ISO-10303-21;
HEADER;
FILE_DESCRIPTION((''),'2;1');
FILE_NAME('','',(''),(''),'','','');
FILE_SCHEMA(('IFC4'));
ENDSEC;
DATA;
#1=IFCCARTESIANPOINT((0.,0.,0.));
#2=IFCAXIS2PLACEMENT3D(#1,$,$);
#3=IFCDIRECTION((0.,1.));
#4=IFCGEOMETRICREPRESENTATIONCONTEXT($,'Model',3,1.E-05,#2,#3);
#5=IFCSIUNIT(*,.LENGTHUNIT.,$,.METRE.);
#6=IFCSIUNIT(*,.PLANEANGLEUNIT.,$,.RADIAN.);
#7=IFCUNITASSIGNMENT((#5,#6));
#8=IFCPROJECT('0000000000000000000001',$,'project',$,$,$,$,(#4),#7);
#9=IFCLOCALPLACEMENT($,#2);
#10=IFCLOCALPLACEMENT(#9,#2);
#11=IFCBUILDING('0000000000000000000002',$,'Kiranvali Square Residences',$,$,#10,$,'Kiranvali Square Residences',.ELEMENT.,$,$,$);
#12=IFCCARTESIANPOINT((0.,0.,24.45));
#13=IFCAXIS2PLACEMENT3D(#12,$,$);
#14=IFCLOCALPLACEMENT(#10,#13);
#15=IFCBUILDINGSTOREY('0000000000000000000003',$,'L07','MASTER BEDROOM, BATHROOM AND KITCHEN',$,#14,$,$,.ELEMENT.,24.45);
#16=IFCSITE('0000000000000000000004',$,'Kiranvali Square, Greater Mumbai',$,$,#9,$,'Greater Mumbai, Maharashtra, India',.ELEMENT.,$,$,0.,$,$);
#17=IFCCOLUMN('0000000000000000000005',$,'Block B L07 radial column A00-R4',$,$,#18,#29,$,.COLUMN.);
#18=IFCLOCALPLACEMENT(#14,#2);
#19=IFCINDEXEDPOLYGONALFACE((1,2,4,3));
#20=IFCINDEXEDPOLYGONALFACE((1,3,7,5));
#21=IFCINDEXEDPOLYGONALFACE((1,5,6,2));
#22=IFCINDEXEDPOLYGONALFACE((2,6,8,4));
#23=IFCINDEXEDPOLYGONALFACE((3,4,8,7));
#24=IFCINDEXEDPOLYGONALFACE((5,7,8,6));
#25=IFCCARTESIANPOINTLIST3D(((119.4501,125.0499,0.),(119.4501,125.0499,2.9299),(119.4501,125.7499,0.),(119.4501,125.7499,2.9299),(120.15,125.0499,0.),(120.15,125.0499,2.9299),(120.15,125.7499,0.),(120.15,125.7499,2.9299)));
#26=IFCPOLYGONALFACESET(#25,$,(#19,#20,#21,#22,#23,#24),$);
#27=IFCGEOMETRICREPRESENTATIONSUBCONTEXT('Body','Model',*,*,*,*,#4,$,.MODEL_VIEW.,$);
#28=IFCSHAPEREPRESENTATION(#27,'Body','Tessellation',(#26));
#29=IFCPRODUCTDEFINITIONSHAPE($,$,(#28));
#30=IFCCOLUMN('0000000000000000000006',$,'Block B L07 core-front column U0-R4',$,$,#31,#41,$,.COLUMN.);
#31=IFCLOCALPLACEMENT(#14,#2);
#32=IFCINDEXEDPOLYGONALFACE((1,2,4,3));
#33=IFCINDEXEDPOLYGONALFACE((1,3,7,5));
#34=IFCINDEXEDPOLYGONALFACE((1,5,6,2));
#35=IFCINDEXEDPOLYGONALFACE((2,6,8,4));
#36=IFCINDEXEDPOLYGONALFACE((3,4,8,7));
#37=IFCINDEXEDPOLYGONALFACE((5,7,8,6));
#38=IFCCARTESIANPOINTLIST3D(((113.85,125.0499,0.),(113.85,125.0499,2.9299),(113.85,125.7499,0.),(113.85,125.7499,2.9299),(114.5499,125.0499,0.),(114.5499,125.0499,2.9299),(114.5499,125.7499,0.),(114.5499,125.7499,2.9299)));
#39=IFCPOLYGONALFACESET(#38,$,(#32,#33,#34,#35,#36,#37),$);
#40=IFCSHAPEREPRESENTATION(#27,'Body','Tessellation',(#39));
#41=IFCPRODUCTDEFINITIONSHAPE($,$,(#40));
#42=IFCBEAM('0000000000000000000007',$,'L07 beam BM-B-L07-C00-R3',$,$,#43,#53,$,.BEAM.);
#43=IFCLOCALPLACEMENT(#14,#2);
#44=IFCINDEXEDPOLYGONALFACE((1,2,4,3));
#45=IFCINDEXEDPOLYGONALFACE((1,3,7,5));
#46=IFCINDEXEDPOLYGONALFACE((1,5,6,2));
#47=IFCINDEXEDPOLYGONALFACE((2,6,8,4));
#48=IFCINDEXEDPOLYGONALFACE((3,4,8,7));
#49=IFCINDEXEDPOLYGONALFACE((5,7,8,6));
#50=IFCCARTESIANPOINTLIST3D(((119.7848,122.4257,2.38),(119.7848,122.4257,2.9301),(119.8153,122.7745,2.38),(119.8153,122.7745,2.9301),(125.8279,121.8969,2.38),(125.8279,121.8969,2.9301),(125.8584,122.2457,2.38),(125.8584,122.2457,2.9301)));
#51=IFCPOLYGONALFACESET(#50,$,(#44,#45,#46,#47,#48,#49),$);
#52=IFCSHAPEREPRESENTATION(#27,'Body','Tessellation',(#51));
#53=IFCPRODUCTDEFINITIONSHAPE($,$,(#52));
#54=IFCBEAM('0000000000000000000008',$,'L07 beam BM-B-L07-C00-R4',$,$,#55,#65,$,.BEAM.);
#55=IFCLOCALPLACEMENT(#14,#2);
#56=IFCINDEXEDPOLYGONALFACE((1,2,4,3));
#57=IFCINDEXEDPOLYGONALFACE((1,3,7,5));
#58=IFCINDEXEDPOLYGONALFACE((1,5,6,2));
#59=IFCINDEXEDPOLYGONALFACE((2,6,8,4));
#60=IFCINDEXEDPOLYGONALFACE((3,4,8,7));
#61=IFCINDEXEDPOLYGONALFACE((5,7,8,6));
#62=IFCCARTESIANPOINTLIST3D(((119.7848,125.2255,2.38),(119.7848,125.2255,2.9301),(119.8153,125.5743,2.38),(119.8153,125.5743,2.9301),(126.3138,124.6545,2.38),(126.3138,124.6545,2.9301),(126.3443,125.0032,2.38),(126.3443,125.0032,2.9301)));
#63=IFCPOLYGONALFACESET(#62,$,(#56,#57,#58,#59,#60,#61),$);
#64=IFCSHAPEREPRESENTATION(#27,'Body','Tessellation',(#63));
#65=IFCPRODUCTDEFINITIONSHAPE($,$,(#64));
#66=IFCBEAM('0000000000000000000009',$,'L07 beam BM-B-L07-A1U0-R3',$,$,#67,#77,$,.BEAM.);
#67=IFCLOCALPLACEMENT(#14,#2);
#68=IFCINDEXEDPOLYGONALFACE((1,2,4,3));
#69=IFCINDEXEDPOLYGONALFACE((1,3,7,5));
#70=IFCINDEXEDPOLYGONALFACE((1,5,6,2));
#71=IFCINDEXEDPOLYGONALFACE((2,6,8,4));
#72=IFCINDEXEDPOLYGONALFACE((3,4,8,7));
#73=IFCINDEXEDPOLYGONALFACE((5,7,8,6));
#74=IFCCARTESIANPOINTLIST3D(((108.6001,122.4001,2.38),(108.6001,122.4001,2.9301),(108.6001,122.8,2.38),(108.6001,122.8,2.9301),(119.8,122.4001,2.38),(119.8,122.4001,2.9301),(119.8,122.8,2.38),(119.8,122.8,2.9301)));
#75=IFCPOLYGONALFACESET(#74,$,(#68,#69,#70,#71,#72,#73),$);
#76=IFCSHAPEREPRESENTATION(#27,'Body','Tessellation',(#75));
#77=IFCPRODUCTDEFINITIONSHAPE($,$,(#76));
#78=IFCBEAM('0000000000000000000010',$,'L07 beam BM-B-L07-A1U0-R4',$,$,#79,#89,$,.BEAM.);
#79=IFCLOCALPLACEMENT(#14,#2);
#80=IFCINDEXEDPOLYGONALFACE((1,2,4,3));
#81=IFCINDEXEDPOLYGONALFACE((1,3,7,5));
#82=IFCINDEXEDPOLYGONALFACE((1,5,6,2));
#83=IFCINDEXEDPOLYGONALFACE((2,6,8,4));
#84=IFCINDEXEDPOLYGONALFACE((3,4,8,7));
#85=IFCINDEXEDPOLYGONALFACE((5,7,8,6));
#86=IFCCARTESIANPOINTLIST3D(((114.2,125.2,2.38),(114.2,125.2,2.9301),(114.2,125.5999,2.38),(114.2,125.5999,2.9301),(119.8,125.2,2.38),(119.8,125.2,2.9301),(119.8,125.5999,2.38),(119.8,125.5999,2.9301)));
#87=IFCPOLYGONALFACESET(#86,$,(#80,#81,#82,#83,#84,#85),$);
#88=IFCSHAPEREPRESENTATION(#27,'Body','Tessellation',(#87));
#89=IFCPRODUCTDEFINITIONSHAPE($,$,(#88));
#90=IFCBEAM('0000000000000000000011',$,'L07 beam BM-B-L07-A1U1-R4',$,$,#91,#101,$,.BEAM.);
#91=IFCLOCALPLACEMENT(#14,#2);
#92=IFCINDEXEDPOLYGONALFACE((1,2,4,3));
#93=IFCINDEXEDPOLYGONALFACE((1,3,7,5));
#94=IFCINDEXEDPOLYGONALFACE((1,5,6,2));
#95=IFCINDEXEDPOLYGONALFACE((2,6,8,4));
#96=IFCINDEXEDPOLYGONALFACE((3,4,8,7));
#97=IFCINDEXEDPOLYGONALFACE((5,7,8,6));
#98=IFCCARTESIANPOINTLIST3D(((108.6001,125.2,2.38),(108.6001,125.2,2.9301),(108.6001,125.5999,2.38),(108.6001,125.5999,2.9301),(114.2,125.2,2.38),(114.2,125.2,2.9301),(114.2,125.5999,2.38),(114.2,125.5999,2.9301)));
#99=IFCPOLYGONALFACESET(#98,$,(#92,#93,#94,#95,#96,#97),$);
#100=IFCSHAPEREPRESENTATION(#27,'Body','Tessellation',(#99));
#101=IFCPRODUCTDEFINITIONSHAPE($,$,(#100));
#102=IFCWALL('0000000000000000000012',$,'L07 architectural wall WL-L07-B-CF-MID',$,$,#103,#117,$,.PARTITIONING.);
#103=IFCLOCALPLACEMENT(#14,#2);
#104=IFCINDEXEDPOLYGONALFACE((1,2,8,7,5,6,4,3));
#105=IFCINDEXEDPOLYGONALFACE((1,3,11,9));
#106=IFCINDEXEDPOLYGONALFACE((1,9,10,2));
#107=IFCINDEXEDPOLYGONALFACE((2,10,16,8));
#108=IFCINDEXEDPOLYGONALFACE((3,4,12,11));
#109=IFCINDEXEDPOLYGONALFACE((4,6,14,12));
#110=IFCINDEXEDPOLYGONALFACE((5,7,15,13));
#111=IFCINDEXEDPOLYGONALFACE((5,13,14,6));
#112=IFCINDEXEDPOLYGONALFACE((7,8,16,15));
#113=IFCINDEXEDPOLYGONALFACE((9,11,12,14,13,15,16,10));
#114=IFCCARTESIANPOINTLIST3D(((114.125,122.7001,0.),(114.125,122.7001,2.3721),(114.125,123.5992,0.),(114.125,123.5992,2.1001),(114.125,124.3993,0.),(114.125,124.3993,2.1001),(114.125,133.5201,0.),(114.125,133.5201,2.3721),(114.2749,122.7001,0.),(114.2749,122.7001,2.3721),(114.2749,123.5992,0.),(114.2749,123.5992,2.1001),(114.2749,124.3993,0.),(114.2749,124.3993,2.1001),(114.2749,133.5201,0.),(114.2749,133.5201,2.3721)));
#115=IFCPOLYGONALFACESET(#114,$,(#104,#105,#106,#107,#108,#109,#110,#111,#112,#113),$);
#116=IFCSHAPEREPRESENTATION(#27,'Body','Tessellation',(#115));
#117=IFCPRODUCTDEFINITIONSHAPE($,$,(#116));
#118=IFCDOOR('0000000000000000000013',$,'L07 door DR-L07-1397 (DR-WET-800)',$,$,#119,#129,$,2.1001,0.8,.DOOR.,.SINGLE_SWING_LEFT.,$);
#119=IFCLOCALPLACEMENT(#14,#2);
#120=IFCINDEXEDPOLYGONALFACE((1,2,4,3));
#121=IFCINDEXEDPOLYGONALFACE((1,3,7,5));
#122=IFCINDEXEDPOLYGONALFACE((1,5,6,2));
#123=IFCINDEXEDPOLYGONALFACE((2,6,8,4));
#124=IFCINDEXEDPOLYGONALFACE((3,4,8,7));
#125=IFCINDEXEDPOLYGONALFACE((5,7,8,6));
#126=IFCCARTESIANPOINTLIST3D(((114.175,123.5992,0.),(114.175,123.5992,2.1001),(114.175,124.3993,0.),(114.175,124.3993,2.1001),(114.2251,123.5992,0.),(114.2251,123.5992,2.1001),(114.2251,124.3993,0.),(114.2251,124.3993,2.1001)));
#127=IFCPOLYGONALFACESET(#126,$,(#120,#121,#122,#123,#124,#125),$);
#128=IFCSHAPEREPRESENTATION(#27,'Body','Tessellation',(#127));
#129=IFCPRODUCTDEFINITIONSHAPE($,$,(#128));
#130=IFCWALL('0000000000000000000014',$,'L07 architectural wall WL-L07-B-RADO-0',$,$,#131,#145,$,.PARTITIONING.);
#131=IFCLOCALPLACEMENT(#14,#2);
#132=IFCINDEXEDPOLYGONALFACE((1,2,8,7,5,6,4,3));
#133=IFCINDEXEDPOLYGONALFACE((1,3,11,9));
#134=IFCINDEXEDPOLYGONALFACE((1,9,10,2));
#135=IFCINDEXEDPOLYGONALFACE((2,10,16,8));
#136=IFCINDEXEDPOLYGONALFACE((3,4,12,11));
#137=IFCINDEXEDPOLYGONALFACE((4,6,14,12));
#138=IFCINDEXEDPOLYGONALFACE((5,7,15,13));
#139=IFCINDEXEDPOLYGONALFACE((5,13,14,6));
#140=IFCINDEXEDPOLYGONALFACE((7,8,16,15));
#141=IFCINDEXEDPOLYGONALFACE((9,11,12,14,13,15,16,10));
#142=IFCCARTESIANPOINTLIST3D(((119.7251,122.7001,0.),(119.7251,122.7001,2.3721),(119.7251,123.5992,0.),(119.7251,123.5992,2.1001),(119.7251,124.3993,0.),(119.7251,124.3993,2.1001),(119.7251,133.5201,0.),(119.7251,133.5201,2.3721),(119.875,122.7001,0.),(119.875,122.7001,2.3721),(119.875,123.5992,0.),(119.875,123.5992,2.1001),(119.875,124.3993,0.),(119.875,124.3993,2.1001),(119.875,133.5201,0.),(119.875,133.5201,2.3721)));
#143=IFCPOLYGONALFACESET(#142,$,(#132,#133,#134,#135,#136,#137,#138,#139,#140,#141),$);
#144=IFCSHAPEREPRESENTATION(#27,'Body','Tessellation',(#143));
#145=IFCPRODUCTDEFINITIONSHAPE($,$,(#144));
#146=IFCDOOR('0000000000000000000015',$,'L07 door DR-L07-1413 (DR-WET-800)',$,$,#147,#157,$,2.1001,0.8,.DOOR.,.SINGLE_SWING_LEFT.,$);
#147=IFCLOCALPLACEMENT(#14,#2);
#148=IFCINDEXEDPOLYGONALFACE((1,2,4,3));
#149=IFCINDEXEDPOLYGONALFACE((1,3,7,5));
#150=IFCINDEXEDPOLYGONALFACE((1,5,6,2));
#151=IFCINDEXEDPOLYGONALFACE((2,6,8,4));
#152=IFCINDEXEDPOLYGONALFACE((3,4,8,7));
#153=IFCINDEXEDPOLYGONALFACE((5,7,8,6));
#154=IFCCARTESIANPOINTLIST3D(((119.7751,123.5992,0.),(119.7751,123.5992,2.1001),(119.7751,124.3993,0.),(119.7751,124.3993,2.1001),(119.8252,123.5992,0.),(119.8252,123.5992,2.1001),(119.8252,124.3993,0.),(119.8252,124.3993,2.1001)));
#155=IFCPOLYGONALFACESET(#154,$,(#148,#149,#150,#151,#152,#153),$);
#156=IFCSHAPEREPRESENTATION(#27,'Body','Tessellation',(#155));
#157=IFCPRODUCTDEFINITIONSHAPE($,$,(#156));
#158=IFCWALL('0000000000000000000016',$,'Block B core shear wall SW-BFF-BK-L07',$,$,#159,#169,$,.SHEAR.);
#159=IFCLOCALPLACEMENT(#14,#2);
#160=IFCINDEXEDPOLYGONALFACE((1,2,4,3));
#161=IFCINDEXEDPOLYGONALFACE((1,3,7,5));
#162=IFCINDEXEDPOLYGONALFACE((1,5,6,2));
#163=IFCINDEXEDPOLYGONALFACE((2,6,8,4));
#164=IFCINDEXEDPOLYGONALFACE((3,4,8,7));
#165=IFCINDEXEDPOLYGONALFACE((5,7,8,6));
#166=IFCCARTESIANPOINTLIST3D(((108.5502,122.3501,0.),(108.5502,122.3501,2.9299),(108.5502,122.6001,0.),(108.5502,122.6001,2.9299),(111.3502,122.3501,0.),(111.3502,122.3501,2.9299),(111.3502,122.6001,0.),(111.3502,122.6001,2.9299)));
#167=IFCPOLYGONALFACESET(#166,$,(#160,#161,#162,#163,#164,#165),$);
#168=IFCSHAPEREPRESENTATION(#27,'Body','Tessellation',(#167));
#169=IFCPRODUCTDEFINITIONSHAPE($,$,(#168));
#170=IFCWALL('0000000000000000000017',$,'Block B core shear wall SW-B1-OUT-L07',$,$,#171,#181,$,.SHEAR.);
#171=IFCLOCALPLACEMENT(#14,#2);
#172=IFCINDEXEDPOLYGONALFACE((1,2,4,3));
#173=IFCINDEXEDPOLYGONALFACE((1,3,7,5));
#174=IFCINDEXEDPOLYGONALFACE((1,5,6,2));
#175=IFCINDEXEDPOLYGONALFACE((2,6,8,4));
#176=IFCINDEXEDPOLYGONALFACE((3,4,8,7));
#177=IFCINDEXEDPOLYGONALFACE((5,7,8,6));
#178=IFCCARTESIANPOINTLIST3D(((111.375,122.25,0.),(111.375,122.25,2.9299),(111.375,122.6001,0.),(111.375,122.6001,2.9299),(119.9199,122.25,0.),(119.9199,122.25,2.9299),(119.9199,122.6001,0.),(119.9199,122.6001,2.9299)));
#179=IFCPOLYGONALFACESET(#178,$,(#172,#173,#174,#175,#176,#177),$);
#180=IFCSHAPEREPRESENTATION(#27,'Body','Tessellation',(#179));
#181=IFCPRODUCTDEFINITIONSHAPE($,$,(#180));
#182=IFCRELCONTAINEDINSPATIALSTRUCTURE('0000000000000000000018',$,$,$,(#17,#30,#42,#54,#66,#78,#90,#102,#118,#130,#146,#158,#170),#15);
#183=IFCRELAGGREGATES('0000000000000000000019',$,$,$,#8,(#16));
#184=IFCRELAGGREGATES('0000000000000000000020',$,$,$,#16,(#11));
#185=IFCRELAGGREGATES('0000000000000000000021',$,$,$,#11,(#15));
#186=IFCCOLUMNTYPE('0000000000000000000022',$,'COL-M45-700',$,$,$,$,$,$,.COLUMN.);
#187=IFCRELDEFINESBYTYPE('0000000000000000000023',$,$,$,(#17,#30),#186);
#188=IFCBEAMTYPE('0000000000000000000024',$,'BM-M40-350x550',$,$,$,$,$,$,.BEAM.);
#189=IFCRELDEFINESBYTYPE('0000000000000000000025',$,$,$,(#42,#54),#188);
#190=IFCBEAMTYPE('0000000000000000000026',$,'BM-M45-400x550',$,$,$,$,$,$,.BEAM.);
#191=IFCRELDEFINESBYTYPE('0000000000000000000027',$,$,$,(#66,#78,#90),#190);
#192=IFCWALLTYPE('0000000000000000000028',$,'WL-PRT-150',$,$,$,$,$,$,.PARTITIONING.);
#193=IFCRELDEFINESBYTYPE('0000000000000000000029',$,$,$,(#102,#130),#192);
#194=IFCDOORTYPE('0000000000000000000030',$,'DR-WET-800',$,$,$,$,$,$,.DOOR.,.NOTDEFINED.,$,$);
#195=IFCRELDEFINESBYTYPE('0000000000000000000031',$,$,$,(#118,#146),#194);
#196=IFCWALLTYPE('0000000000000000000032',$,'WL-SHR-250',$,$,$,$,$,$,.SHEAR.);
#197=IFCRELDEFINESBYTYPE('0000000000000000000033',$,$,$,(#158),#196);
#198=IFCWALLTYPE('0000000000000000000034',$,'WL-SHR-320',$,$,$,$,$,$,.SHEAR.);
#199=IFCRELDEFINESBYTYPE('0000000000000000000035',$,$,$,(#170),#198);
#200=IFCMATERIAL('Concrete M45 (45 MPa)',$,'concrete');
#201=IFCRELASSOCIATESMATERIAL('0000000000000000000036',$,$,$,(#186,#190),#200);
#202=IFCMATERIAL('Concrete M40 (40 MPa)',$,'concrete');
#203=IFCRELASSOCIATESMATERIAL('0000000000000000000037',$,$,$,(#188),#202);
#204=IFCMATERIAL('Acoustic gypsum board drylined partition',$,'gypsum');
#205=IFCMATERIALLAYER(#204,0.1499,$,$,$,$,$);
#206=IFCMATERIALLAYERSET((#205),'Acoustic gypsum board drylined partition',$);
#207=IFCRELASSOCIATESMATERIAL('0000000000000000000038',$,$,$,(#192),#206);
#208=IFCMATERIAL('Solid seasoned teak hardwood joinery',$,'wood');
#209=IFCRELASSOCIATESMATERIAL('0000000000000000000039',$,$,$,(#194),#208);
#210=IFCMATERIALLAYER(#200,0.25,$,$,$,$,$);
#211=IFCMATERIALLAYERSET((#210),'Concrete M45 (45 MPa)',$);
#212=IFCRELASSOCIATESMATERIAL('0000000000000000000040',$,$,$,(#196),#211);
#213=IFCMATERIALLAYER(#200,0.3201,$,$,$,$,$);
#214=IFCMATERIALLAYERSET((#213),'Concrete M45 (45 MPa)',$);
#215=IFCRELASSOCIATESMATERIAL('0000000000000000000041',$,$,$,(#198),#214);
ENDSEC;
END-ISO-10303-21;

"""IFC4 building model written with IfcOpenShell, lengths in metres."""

from ifc_helpers import new_model, si_unit, direction, frame, frame_2d, origin, origin_2d, place, context, subcontext, project, spatial, rectangle, extrude, material, layer, layer_set, material_profile, profile_set, type_object, element, fill, save


model = new_model("IFC4")

# Units and contexts
model_context = context("Model", 3, precision=1e-05, world=origin(), true_north=direction((0.0, 1.0)))
body_context = subcontext(model_context, "Body", "Model", "MODEL_VIEW")
ifc_project = project(units=[si_unit("LENGTHUNIT", "METRE"), si_unit("PLANEANGLEUNIT", "RADIAN")], contexts=[model_context])

# Site, building, storey
site_placement = place(None, origin())
site = spatial("IfcSite", under=ifc_project, at=site_placement, Name="Kiranvali Square, Greater Mumbai", LongName="Greater Mumbai, Maharashtra, India", CompositionType="ELEMENT", RefElevation=0.0)
building_placement = place(site_placement, origin())
building = spatial("IfcBuilding", under=site, at=building_placement, Name="Kiranvali Square Residences", LongName="Kiranvali Square Residences", CompositionType="ELEMENT")
storey_placement = place(building_placement, frame((0.0, 0.0, 24.45)))
storey = spatial("IfcBuildingStorey", under=building, at=storey_placement, Name="L07", Description="MASTER BEDROOM, BATHROOM AND KITCHEN", CompositionType="ELEMENT", Elevation=24.45)

# Columns
ifc_material_1 = material(Name="Concrete M45 (45 MPa)", Category="concrete")
ifc_material_profile_1 = material_profile(ifc_material_1, rectangle(XDim=0.7, YDim=0.7, at=origin_2d()), Name="RC 700x700")
ifc_profile_set_1 = profile_set([ifc_material_profile_1], Name="Concrete M45 (45 MPa)")
column_type = type_object("IfcColumnType", Name="COL-M45-700", PredefinedType="COLUMN", material=ifc_profile_set_1)
for number, where, z_axis, x_axis, name in (
    (1, (119.8, 125.3999, 0.0), (0.0, 0.0, 1.0), (1.0, 0.0, 0.0), "Block B L07 radial column A00-R4"),
    (2, (114.2, 125.3999, 0.0), (0.0, 0.0, 1.0), (1.0, 0.0, 0.0), "Block B L07 core-front column U0-R4"),
):
    element("IfcColumn", number, at=place(storey_placement, frame(where, z_axis=z_axis, x_axis=x_axis)), inside=storey, type_object=column_type, Name=name, PredefinedType="COLUMN", context=body_context, shape_type="SweptSolid", body=[
        extrude(rectangle(XDim=0.7, YDim=0.7, at=origin_2d()), origin(), (0.0, 0.0, 1.0), 2.9299),
    ])

# Beams
ifc_material_2 = material(Name="Concrete M40 (40 MPa)", Category="concrete")
ifc_material_profile_2 = material_profile(ifc_material_2, rectangle(XDim=0.3501, YDim=0.55, at=origin_2d()), Name="RC 350x550")
ifc_profile_set_2 = profile_set([ifc_material_profile_2], Name="Concrete M40 (40 MPa)")
beam_type_1 = type_object("IfcBeamType", Name="BM-M40-350x550", PredefinedType="BEAM", material=ifc_profile_set_2)
beam_1_placement = place(storey_placement, frame((119.8, 122.6001, 2.655), z_axis=(0.996193, -0.087175, 0.0), x_axis=(0.087175, 0.996193, 0.0)))
element("IfcBeam", 3, at=beam_1_placement, inside=storey, type_object=beam_type_1, Name="L07 beam BM-B-L07-C00-R3", PredefinedType="BEAM", context=body_context, shape_type="SweptSolid", body=[
    extrude(rectangle(XDim=0.3501, YDim=0.55, at=origin_2d()), origin(), (0.0, 0.0, 1.0), 6.0662),
])
beam_2_placement = place(storey_placement, frame((119.8, 125.3999, 2.655), z_axis=(0.996197, -0.08713, 0.0), x_axis=(0.08713, 0.996197, 0.0)))
element("IfcBeam", 4, at=beam_2_placement, inside=storey, type_object=beam_type_1, Name="L07 beam BM-B-L07-C00-R4", PredefinedType="BEAM", context=body_context, shape_type="SweptSolid", body=[
    extrude(rectangle(XDim=0.3501, YDim=0.55, at=origin_2d()), origin(), (0.0, 0.0, 1.0), 6.554),
])
ifc_material_profile_3 = material_profile(ifc_material_1, rectangle(XDim=0.3999, YDim=0.55, at=origin_2d()), Name="RC 400x550")
ifc_profile_set_3 = profile_set([ifc_material_profile_3], Name="Concrete M45 (45 MPa)")
beam_type_2 = type_object("IfcBeamType", Name="BM-M45-400x550", PredefinedType="BEAM", material=ifc_profile_set_3)
beam_3_placement = place(storey_placement, frame((119.8, 122.6001, 2.655), z_axis=(-1.0, 0.0, 0.0), x_axis=(0.0, -1.0, 0.0)))
element("IfcBeam", 5, at=beam_3_placement, inside=storey, type_object=beam_type_2, Name="L07 beam BM-B-L07-A1U0-R3", PredefinedType="BEAM", context=body_context, shape_type="SweptSolid", body=[
    extrude(rectangle(XDim=0.3999, YDim=0.55, at=origin_2d()), origin(), (0.0, 0.0, 1.0), 11.2),
])
beam_4_placement = place(storey_placement, frame((119.8, 125.3999, 2.655), z_axis=(-1.0, 0.0, 0.0), x_axis=(0.0, -1.0, 0.0)))
element("IfcBeam", 6, at=beam_4_placement, inside=storey, type_object=beam_type_2, Name="L07 beam BM-B-L07-A1U0-R4", PredefinedType="BEAM", context=body_context, shape_type="SweptSolid", body=[
    extrude(rectangle(XDim=0.3999, YDim=0.55, at=origin_2d()), origin(), (0.0, 0.0, 1.0), 5.6001),
])
beam_5_placement = place(storey_placement, frame((114.2, 125.3999, 2.655), z_axis=(-1.0, 0.0, 0.0), x_axis=(0.0, -1.0, 0.0)))
element("IfcBeam", 7, at=beam_5_placement, inside=storey, type_object=beam_type_2, Name="L07 beam BM-B-L07-A1U1-R4", PredefinedType="BEAM", context=body_context, shape_type="SweptSolid", body=[
    extrude(rectangle(XDim=0.3999, YDim=0.55, at=origin_2d()), origin(), (0.0, 0.0, 1.0), 5.5999),
])

# Walls, openings, doors
ifc_material_3 = material(Name="Acoustic gypsum board drylined partition", Category="gypsum")
ifc_layer_1 = layer(ifc_material_3, 0.1499)
ifc_layer_set_1 = layer_set([ifc_layer_1], Name="Acoustic gypsum board drylined partition")
wall_type_1 = type_object("IfcWallType", Name="WL-PRT-150", PredefinedType="PARTITIONING", material=ifc_layer_set_1)
wall_1_placement = place(storey_placement, frame((114.2, 122.7, 0.0), z_axis=(0.0, 0.0, 1.0), x_axis=(0.0, 1.0, 0.0)))
wall_1 = element("IfcWall", 8, at=wall_1_placement, inside=storey, type_object=wall_type_1, Name="L07 architectural wall WL-L07-B-CF-MID", PredefinedType="PARTITIONING", context=body_context, shape_type="SweptSolid", body=[
    extrude(rectangle(XDim=10.8201, YDim=0.1499, at=frame_2d((5.4102, 0.0))), origin(), (0.0, 0.0, 1.0), 2.3721),
])
opening_1_placement = place(wall_1_placement, frame((0.8994, 0.0, 0.0)))
opening_1 = element("IfcOpeningElement", 9, at=opening_1_placement, cuts=wall_1, PredefinedType="OPENING", context=body_context, shape_type="SweptSolid", body=[
    extrude(rectangle(XDim=0.8, YDim=2.1001, at=frame_2d((0.3999, 1.05))), frame((0.0, 0.085, 0.0), z_axis=(0.0, -1.0, 0.0), x_axis=(1.0, 0.0, 0.0)), (0.0, 0.0, 1.0), 0.1699),
])
ifc_material_4 = material(Name="Solid seasoned teak hardwood joinery", Category="wood")
door_type_1 = type_object("IfcDoorType", Name="DR-WET-800", OperationType="NOTDEFINED", PredefinedType="DOOR", material=ifc_material_4)
door_1_placement = place(opening_1_placement, origin())
door_1 = element("IfcDoor", 10, at=door_1_placement, inside=storey, type_object=door_type_1, Name="L07 door DR-L07-1397 (DR-WET-800)", OperationType="SINGLE_SWING_LEFT", OverallHeight=2.1001, OverallWidth=0.8, PredefinedType="DOOR", context=body_context, shape_type="SweptSolid", body=[
    extrude(rectangle(XDim=0.8, YDim=2.1001, at=frame_2d((0.3999, 1.05))), frame((0.0, 0.0249, 0.0), z_axis=(0.0, -1.0, 0.0), x_axis=(1.0, 0.0, 0.0)), (0.0, 0.0, 1.0), 0.05),
])
fill(opening_1, door_1)
wall_2_placement = place(storey_placement, frame((119.8, 122.7, 0.0), z_axis=(0.0, 0.0, 1.0), x_axis=(0.0, 1.0, 0.0)))
wall_2 = element("IfcWall", 11, at=wall_2_placement, inside=storey, type_object=wall_type_1, Name="L07 architectural wall WL-L07-B-RADO-0", PredefinedType="PARTITIONING", context=body_context, shape_type="SweptSolid", body=[
    extrude(rectangle(XDim=10.8201, YDim=0.1499, at=frame_2d((5.4102, 0.0))), origin(), (0.0, 0.0, 1.0), 2.3721),
])
opening_2_placement = place(wall_2_placement, frame((0.8994, 0.0, 0.0)))
opening_2 = element("IfcOpeningElement", 12, at=opening_2_placement, cuts=wall_2, PredefinedType="OPENING", context=body_context, shape_type="SweptSolid", body=[
    extrude(rectangle(XDim=0.8, YDim=2.1001, at=frame_2d((0.3999, 1.05))), frame((0.0, 0.085, 0.0), z_axis=(0.0, -1.0, 0.0), x_axis=(1.0, 0.0, 0.0)), (0.0, 0.0, 1.0), 0.1699),
])
door_2_placement = place(opening_2_placement, origin())
door_2 = element("IfcDoor", 13, at=door_2_placement, inside=storey, type_object=door_type_1, Name="L07 door DR-L07-1413 (DR-WET-800)", OperationType="SINGLE_SWING_LEFT", OverallHeight=2.1001, OverallWidth=0.8, PredefinedType="DOOR", context=body_context, shape_type="SweptSolid", body=[
    extrude(rectangle(XDim=0.8, YDim=2.1001, at=frame_2d((0.3999, 1.05))), frame((0.0, 0.0249, 0.0), z_axis=(0.0, -1.0, 0.0), x_axis=(1.0, 0.0, 0.0)), (0.0, 0.0, 1.0), 0.05),
])
fill(opening_2, door_2)

# Walls
ifc_layer_2 = layer(ifc_material_1, 0.25)
ifc_layer_set_2 = layer_set([ifc_layer_2], Name="Concrete M45 (45 MPa)")
wall_type_2 = type_object("IfcWallType", Name="WL-SHR-250", PredefinedType="SHEAR", material=ifc_layer_set_2)
wall_3_placement = place(storey_placement, frame((111.3501, 122.4751, 0.0), z_axis=(0.0, 0.0, 1.0), x_axis=(-1.0, 0.0, 0.0)))
element("IfcWall", 14, at=wall_3_placement, inside=storey, type_object=wall_type_2, Name="Block B core shear wall SW-BFF-BK-L07", PredefinedType="SHEAR", context=body_context, shape_type="SweptSolid", body=[
    extrude(rectangle(XDim=2.8, YDim=0.25, at=frame_2d((1.3999, 0.0))), origin(), (0.0, 0.0, 1.0), 2.9299),
])
ifc_layer_3 = layer(ifc_material_1, 0.3201)
ifc_layer_set_3 = layer_set([ifc_layer_3], Name="Concrete M45 (45 MPa)")
wall_type_3 = type_object("IfcWallType", Name="WL-SHR-320", PredefinedType="SHEAR", material=ifc_layer_set_3)
wall_4_placement = place(storey_placement, frame((119.9199, 122.425, 0.0), z_axis=(0.0, 0.0, 1.0), x_axis=(-1.0, 0.0, 0.0)))
element("IfcWall", 15, at=wall_4_placement, inside=storey, type_object=wall_type_3, Name="Block B core shear wall SW-B1-OUT-L07", PredefinedType="SHEAR", context=body_context, shape_type="SweptSolid", body=[
    extrude(rectangle(XDim=8.5449, YDim=0.3501, at=frame_2d((4.2725, 0.0))), origin(), (0.0, 0.0, 1.0), 2.9299),
])

save(model, "model.ifc")
